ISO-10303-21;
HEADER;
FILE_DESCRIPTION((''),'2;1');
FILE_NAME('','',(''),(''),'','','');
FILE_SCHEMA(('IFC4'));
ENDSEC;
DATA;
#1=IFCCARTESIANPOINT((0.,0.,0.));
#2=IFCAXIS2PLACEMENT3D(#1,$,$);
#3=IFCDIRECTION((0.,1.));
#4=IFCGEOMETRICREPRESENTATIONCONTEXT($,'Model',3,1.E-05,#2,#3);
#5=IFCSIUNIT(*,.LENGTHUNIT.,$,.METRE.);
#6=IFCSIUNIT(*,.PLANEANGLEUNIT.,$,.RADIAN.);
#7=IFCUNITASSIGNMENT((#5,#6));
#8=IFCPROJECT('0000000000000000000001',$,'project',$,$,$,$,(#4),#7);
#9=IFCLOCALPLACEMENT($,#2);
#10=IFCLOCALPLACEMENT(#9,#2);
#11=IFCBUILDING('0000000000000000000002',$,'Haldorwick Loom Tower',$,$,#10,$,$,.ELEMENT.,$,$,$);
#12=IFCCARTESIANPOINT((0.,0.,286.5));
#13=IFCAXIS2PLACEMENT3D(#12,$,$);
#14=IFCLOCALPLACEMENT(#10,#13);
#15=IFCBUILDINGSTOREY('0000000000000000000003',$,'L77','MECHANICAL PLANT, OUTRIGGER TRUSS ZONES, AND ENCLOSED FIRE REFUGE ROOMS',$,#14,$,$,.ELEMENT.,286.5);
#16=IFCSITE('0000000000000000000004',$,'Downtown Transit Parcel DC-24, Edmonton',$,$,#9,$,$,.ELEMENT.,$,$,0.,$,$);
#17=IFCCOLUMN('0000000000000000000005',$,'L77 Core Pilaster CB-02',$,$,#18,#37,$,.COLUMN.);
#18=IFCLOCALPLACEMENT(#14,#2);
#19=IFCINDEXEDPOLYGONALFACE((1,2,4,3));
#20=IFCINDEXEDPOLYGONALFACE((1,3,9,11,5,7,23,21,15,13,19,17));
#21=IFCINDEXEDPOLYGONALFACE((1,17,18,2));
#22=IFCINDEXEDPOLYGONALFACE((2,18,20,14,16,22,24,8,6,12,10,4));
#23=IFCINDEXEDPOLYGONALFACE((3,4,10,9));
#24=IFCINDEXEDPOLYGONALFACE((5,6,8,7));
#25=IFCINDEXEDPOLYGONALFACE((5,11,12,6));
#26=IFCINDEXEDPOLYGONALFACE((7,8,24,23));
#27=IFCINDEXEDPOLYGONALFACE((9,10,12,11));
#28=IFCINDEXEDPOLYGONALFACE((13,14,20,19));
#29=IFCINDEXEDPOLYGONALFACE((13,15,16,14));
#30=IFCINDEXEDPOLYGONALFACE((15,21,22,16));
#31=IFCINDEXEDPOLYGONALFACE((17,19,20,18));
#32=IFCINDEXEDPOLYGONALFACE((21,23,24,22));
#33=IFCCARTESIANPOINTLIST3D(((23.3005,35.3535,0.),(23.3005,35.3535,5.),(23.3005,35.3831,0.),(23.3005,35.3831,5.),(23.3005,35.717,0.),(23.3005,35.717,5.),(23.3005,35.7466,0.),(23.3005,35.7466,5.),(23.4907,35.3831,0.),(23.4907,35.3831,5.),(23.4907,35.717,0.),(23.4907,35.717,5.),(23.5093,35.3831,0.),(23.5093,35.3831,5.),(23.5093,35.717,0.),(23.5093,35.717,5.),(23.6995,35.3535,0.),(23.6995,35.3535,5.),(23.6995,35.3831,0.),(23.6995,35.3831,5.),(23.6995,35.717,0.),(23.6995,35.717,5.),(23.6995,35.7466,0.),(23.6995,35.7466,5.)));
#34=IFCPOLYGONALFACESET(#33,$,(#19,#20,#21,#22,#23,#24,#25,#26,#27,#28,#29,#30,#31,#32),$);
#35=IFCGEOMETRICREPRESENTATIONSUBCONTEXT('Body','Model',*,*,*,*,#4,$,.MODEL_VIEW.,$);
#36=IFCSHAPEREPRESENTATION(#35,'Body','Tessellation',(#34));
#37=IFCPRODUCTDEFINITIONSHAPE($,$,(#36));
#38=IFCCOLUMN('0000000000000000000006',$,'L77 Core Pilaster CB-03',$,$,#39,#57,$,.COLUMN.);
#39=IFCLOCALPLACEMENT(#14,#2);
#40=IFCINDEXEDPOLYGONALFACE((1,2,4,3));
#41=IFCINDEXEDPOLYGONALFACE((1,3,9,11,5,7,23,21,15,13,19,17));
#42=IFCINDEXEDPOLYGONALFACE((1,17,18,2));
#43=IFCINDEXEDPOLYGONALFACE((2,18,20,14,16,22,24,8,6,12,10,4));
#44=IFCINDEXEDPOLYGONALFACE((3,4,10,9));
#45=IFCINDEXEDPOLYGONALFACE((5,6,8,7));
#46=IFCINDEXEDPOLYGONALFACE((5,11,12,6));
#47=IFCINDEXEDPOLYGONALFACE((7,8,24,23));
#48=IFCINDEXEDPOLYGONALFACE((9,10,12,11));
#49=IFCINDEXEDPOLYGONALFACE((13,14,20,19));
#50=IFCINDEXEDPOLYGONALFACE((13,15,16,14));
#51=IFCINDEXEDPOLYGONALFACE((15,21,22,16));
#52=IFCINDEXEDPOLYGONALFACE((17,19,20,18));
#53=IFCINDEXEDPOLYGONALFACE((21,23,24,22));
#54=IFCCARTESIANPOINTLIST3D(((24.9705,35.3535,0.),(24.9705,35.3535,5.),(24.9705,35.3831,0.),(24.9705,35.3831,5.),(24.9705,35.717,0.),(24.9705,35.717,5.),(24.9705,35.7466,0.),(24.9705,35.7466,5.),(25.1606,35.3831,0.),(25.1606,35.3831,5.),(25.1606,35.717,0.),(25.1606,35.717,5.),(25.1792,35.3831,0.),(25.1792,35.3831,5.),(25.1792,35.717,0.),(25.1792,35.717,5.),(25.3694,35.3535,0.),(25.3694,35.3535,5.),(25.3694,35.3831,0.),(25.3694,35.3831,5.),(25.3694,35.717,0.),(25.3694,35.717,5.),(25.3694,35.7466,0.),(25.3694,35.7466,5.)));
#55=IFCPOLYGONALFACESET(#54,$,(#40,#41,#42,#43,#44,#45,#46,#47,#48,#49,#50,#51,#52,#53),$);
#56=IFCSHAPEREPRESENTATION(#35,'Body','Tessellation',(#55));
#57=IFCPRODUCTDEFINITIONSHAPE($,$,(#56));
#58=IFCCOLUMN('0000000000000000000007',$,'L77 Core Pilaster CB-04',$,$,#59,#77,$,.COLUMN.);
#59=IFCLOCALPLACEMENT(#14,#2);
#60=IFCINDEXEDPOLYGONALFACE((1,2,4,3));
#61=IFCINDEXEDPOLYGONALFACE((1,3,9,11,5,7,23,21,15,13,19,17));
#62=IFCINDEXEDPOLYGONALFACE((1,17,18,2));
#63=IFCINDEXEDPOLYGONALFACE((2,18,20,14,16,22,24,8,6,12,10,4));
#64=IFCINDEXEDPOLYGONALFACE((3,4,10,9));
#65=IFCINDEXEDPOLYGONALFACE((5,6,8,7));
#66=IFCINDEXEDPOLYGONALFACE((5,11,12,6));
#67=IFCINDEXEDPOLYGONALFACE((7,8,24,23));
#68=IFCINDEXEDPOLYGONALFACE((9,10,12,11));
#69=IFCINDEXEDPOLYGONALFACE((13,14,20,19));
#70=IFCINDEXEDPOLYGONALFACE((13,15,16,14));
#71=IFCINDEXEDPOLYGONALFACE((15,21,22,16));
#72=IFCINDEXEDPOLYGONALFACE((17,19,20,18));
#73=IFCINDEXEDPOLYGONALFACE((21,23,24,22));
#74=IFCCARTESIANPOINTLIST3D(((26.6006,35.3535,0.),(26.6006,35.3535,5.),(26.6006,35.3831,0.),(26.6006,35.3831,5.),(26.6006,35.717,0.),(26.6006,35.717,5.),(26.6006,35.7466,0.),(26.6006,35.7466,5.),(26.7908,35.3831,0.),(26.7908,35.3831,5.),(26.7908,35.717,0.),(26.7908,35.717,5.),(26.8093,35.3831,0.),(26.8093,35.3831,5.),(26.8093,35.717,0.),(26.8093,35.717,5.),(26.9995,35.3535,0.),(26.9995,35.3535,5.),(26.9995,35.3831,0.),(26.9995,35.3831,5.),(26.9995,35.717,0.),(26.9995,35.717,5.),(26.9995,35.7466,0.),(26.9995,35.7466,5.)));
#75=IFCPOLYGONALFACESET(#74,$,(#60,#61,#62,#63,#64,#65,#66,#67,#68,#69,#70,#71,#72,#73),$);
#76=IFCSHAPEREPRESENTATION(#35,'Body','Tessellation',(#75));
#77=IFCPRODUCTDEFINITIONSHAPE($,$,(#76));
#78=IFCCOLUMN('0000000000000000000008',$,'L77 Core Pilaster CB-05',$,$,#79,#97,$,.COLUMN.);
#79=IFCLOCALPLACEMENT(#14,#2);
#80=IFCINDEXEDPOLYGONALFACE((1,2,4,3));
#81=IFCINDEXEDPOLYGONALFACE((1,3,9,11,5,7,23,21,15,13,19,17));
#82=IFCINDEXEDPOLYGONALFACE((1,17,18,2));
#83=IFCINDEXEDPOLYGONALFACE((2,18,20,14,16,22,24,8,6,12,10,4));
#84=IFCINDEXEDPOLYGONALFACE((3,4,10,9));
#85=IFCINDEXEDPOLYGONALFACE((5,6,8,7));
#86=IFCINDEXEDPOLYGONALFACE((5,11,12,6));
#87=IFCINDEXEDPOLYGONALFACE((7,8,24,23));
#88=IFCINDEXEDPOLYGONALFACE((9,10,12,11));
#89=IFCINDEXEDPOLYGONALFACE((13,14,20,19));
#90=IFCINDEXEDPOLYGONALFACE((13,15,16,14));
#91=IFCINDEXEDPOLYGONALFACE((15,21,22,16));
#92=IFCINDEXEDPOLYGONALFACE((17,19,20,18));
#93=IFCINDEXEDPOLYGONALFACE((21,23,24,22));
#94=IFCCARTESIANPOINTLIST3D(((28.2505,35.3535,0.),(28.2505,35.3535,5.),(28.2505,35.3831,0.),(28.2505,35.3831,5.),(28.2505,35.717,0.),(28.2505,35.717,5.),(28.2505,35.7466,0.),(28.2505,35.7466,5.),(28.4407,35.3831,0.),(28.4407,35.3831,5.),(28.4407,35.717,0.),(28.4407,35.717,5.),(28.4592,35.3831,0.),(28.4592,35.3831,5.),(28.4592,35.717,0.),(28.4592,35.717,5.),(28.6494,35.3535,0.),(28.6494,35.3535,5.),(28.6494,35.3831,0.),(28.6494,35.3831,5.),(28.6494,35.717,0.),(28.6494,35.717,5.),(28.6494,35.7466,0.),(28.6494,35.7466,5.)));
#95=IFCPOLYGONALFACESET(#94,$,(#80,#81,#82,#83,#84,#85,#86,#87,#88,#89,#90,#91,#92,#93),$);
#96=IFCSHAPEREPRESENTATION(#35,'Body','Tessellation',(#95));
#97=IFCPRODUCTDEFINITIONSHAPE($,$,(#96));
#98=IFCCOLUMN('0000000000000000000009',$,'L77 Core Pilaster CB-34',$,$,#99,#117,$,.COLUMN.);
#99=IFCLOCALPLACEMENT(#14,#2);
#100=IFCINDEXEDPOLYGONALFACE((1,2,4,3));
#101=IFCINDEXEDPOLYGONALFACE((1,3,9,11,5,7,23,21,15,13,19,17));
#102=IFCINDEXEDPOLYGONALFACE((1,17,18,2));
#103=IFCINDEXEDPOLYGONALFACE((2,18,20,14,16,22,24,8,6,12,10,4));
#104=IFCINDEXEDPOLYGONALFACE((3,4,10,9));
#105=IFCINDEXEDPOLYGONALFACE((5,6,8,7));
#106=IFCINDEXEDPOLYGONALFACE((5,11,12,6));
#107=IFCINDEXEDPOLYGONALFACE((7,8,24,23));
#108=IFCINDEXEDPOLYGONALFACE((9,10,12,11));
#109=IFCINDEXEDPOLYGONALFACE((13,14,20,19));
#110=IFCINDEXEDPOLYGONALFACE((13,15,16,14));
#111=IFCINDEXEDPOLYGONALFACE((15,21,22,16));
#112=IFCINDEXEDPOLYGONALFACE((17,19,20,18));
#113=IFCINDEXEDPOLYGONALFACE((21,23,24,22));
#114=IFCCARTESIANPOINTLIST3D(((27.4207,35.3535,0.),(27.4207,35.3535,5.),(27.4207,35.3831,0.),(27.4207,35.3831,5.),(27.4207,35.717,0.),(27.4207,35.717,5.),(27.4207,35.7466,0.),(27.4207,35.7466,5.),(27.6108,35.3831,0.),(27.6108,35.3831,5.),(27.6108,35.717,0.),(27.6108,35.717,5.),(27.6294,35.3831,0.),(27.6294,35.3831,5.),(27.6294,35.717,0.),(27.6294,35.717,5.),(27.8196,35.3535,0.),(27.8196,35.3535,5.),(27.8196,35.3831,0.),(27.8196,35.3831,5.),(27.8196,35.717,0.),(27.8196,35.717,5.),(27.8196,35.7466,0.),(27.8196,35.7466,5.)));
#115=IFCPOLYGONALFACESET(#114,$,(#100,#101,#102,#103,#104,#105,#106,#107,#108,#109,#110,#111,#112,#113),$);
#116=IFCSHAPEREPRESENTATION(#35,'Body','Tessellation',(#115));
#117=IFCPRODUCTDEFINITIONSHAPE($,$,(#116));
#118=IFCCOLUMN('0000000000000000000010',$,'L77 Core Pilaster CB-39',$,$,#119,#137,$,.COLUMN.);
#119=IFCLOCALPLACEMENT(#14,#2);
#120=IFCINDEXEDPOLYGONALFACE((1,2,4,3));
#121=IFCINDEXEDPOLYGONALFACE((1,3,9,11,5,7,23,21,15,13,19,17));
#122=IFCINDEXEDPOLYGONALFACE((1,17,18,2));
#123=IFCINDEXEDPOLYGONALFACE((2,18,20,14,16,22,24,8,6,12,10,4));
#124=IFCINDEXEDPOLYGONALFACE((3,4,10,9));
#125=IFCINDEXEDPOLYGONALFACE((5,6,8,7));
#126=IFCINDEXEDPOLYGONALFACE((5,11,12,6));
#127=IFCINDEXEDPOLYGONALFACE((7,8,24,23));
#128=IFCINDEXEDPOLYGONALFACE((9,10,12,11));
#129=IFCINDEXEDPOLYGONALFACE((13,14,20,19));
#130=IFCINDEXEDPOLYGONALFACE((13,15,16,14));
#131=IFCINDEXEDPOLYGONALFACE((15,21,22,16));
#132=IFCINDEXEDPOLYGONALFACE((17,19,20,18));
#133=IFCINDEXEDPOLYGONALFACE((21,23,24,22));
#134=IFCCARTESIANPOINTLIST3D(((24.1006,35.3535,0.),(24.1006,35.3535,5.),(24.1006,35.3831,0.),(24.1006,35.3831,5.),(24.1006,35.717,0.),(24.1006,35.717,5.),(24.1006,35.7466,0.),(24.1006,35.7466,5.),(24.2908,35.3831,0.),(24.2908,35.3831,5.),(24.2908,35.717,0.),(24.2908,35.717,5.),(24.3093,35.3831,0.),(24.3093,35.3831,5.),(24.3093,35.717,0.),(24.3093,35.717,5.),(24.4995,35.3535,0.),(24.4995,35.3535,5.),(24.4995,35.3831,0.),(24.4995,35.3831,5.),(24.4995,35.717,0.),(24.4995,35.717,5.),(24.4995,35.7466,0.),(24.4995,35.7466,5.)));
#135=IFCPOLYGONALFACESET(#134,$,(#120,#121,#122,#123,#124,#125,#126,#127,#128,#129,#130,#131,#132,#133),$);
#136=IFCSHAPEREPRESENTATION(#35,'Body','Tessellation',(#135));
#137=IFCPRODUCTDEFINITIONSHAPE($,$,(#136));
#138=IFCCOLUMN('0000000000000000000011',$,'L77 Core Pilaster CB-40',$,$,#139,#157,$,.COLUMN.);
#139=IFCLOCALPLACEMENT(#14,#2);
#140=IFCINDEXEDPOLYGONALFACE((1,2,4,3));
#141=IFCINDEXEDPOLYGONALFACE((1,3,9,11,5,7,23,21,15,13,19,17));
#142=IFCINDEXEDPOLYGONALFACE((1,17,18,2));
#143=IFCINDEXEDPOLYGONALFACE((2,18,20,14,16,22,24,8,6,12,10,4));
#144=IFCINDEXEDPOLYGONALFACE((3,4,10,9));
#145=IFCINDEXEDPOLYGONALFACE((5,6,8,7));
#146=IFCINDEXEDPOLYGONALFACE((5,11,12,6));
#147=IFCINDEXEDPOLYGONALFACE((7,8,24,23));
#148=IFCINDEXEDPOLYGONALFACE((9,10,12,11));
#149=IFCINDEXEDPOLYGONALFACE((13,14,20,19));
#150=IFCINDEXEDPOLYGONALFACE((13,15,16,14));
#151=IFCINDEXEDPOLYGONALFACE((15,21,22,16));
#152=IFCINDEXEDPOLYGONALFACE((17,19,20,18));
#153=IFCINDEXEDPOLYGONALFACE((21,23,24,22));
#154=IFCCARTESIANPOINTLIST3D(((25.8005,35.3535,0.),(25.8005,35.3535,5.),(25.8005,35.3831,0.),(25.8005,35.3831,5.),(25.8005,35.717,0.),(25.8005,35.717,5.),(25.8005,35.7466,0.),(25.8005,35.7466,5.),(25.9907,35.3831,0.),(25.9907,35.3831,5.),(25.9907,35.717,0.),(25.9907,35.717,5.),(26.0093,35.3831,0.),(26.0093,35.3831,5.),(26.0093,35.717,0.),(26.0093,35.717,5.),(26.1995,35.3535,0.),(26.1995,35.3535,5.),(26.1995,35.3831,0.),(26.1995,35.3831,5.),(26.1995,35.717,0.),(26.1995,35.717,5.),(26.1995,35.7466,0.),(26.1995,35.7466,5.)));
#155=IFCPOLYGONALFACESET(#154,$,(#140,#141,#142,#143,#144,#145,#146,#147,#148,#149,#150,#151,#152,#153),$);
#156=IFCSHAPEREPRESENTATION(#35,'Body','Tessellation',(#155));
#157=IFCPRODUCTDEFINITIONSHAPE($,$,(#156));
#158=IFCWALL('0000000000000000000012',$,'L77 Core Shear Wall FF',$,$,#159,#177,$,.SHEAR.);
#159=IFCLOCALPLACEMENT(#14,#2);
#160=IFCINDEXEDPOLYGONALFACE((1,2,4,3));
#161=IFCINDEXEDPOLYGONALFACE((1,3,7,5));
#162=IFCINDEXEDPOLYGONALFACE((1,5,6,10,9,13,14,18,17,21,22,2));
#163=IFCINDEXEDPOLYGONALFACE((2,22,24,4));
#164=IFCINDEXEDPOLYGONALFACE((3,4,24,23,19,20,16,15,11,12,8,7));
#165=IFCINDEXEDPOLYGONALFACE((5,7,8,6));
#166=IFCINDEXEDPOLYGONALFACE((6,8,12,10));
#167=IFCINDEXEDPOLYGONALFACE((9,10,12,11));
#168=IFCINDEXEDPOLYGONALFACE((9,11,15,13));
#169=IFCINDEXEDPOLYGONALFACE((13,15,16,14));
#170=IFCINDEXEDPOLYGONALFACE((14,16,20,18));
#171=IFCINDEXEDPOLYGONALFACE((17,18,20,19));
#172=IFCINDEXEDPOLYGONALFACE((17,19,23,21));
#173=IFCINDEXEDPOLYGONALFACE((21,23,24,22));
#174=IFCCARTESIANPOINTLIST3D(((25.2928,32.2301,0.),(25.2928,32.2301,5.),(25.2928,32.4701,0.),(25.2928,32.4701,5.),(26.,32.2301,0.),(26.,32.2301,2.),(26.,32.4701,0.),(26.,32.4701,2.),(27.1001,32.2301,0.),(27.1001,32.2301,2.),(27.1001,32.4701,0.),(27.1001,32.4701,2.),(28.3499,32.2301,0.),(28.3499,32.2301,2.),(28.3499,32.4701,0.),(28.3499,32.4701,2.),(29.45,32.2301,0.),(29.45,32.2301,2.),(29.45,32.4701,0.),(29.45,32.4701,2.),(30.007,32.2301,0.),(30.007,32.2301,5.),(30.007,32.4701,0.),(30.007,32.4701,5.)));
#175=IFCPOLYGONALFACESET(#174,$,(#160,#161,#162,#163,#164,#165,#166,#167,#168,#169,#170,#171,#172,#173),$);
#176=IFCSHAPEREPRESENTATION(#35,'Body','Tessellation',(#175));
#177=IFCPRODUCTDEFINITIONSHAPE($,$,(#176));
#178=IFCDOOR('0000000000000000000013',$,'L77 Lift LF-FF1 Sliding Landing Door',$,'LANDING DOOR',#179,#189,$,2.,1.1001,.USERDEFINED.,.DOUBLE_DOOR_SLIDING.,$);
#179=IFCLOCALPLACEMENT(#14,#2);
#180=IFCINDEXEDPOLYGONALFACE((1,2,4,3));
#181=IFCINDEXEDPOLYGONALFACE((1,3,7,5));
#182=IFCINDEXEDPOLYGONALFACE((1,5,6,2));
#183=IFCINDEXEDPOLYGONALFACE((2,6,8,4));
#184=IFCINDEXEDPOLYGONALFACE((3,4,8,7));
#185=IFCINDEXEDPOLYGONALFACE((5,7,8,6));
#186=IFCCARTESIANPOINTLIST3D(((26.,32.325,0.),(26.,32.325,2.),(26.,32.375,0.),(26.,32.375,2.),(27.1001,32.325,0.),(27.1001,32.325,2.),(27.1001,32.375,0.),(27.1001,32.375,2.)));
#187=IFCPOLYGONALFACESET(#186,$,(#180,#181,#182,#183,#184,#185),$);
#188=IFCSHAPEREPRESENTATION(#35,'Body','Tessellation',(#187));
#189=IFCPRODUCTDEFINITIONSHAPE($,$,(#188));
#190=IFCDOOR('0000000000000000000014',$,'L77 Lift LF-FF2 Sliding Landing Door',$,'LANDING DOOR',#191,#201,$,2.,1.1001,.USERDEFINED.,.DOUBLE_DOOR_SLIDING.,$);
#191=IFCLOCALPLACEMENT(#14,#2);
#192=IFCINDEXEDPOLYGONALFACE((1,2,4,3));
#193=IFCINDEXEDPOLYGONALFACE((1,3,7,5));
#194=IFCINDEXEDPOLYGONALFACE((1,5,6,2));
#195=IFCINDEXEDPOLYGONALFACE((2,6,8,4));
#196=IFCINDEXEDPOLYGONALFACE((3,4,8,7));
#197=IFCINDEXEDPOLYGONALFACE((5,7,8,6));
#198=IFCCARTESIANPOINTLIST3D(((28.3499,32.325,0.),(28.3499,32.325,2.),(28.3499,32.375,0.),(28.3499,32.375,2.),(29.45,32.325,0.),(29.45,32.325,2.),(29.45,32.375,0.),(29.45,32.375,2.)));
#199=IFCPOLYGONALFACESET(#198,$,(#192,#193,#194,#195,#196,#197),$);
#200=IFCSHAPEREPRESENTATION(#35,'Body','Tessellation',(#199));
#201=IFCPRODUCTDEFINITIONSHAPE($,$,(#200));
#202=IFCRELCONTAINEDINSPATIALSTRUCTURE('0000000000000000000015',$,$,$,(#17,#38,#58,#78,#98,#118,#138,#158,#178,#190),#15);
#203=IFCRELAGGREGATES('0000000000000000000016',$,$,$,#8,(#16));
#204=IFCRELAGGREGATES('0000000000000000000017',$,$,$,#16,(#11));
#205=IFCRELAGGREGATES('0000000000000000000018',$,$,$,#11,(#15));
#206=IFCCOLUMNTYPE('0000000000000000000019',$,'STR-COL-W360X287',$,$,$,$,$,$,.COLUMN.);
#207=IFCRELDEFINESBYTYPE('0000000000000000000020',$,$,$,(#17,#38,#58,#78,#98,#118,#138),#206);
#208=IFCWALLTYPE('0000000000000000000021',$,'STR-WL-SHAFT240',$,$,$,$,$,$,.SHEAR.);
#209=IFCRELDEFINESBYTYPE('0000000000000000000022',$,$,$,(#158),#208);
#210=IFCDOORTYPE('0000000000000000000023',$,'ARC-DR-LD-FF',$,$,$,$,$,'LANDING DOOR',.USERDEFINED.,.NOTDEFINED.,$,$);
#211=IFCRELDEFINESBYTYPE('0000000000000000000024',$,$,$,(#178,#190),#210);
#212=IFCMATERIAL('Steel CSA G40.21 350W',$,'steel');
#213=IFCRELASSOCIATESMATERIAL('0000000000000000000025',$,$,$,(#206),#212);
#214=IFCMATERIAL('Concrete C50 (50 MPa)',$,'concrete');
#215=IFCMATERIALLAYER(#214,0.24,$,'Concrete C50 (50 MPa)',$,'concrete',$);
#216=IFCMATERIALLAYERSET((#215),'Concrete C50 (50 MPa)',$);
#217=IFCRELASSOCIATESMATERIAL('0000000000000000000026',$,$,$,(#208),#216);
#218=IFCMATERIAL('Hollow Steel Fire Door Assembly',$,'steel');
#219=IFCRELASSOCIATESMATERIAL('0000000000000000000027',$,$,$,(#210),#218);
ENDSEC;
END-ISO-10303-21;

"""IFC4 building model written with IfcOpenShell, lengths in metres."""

from ifc_helpers import new_model, si_unit, direction, frame, frame_2d, origin, origin_2d, place, context, subcontext, project, spatial, rectangle, i_section, extrude, material, layer, layer_set, material_profile, profile_set, type_object, element, fill, save


model = new_model("IFC4")

# Units and contexts
model_context = context("Model", 3, precision=1e-05, world=origin(), true_north=direction((0.0, 1.0)))
body_context = subcontext(model_context, "Body", "Model", "MODEL_VIEW")
ifc_project = project(units=[si_unit("LENGTHUNIT", "METRE"), si_unit("PLANEANGLEUNIT", "RADIAN")], contexts=[model_context])

# Site, building, storey
site_placement = place(None, origin())
site = spatial("IfcSite", under=ifc_project, at=site_placement, Name="Downtown Transit Parcel DC-24, Edmonton", CompositionType="ELEMENT", RefElevation=0.0)
building_placement = place(site_placement, origin())
building = spatial("IfcBuilding", under=site, at=building_placement, Name="Haldorwick Loom Tower", CompositionType="ELEMENT")
storey_placement = place(building_placement, frame((0.0, 0.0, 286.5)))
storey = spatial("IfcBuildingStorey", under=building, at=storey_placement, Name="L77", Description="MECHANICAL PLANT, OUTRIGGER TRUSS ZONES, AND ENCLOSED FIRE REFUGE ROOMS", CompositionType="ELEMENT", Elevation=286.5)

# Columns
ifc_material_1 = material(Name="Steel CSA G40.21 350W", Category="steel")
ifc_material_profile = material_profile(ifc_material_1, i_section(OverallWidth=0.3989, OverallDepth=0.3931, WebThickness=0.0186, FlangeThickness=0.0295, at=origin_2d()), Name="W360X287", Category="steel")
ifc_profile_set = profile_set([ifc_material_profile], Name="Steel CSA G40.21 350W")
column_type = type_object("IfcColumnType", Name="STR-COL-W360X287", PredefinedType="COLUMN", material=ifc_profile_set)
for number, where, z_axis, x_axis, name in (
    (1, (23.5, 35.55, 0.0), (0.0, 0.0, 1.0), (1.0, 0.0, 0.0), "L77 Core Pilaster CB-02"),
    (2, (25.1699, 35.55, 0.0), (0.0, 0.0, 1.0), (1.0, 0.0, 0.0), "L77 Core Pilaster CB-03"),
    (3, (26.8, 35.55, 0.0), (0.0, 0.0, 1.0), (1.0, 0.0, 0.0), "L77 Core Pilaster CB-04"),
    (4, (28.45, 35.55, 0.0), (0.0, 0.0, 1.0), (1.0, 0.0, 0.0), "L77 Core Pilaster CB-05"),
    (5, (27.6201, 35.55, 0.0), (0.0, 0.0, 1.0), (1.0, 0.0, 0.0), "L77 Core Pilaster CB-34"),
    (6, (24.3, 35.55, 0.0), (0.0, 0.0, 1.0), (1.0, 0.0, 0.0), "L77 Core Pilaster CB-39"),
    (7, (26.0, 35.55, 0.0), (0.0, 0.0, 1.0), (1.0, 0.0, 0.0), "L77 Core Pilaster CB-40"),
):
    element("IfcColumn", number, at=place(storey_placement, frame(where, z_axis=z_axis, x_axis=x_axis)), inside=storey, type_object=column_type, Name=name, PredefinedType="COLUMN", context=body_context, shape_type="SweptSolid", body=[
        extrude(i_section(OverallWidth=0.3989, OverallDepth=0.3931, WebThickness=0.0186, FlangeThickness=0.0295, at=origin_2d()), origin(), (0.0, 0.0, 1.0), 5.0),
    ])

# Wall, openings, doors
ifc_material_2 = material(Name="Concrete C50 (50 MPa)", Category="concrete")
ifc_layer = layer(ifc_material_2, 0.24, Name="Concrete C50 (50 MPa)", Category="concrete")
ifc_layer_set = layer_set([ifc_layer], Name="Concrete C50 (50 MPa)")
wall_type = type_object("IfcWallType", Name="STR-WL-SHAFT240", PredefinedType="SHEAR", material=ifc_layer_set)
wall_1_placement = place(storey_placement, frame((25.293, 32.3501, 0.0), z_axis=(0.0, 0.0, 1.0), x_axis=(1.0, 0.0, 0.0)))
wall_1 = element("IfcWall", 8, at=wall_1_placement, inside=storey, type_object=wall_type, Name="L77 Core Shear Wall FF", PredefinedType="SHEAR", context=body_context, shape_type="SweptSolid", body=[
    extrude(rectangle(XDim=4.7141, YDim=0.24, at=frame_2d((2.3569, 0.0))), origin(), (0.0, 0.0, 1.0), 5.0),
])
opening_1_placement = place(wall_1_placement, frame((0.707, 0.0, 0.0)))
opening_1 = element("IfcOpeningElement", 9, at=opening_1_placement, cuts=wall_1, PredefinedType="OPENING", context=body_context, shape_type="SweptSolid", body=[
    extrude(rectangle(XDim=1.1001, YDim=2.0, at=frame_2d((0.55, 1.0))), frame((0.0, 0.1299, 0.0), z_axis=(0.0, -1.0, 0.0), x_axis=(1.0, 0.0, 0.0)), (0.0, 0.0, 1.0), 0.26),
])
opening_2_placement = place(wall_1_placement, frame((3.0569, 0.0, 0.0)))
opening_2 = element("IfcOpeningElement", 10, at=opening_2_placement, cuts=wall_1, PredefinedType="OPENING", context=body_context, shape_type="SweptSolid", body=[
    extrude(rectangle(XDim=1.1001, YDim=2.0, at=frame_2d((0.55, 1.0))), frame((0.0, 0.1299, 0.0), z_axis=(0.0, -1.0, 0.0), x_axis=(1.0, 0.0, 0.0)), (0.0, 0.0, 1.0), 0.26),
])
ifc_material_3 = material(Name="Hollow Steel Fire Door Assembly", Category="steel")
door_type = type_object("IfcDoorType", Name="ARC-DR-LD-FF", ElementType="LANDING DOOR", OperationType="NOTDEFINED", PredefinedType="USERDEFINED", material=ifc_material_3)
door_1_placement = place(opening_1_placement, origin())
door_1 = element("IfcDoor", 11, at=door_1_placement, inside=storey, type_object=door_type, Name="L77 Lift LF-FF1 Sliding Landing Door", ObjectType="LANDING DOOR", OperationType="DOUBLE_DOOR_SLIDING", OverallHeight=2.0, OverallWidth=1.1001, PredefinedType="USERDEFINED", context=body_context, shape_type="SweptSolid", body=[
    extrude(rectangle(XDim=1.1001, YDim=2.0, at=frame_2d((0.55, 1.0))), frame((0.0, 0.0249, 0.0), z_axis=(0.0, -1.0, 0.0), x_axis=(1.0, 0.0, 0.0)), (0.0, 0.0, 1.0), 0.05),
])
fill(opening_1, door_1)
door_2_placement = place(opening_2_placement, origin())
door_2 = element("IfcDoor", 12, at=door_2_placement, inside=storey, type_object=door_type, Name="L77 Lift LF-FF2 Sliding Landing Door", ObjectType="LANDING DOOR", OperationType="DOUBLE_DOOR_SLIDING", OverallHeight=2.0, OverallWidth=1.1001, PredefinedType="USERDEFINED", context=body_context, shape_type="SweptSolid", body=[
    extrude(rectangle(XDim=1.1001, YDim=2.0, at=frame_2d((0.55, 1.0))), frame((0.0, 0.0249, 0.0), z_axis=(0.0, -1.0, 0.0), x_axis=(1.0, 0.0, 0.0)), (0.0, 0.0, 1.0), 0.05),
])
fill(opening_2, door_2)

save(model, "model.ifc")
